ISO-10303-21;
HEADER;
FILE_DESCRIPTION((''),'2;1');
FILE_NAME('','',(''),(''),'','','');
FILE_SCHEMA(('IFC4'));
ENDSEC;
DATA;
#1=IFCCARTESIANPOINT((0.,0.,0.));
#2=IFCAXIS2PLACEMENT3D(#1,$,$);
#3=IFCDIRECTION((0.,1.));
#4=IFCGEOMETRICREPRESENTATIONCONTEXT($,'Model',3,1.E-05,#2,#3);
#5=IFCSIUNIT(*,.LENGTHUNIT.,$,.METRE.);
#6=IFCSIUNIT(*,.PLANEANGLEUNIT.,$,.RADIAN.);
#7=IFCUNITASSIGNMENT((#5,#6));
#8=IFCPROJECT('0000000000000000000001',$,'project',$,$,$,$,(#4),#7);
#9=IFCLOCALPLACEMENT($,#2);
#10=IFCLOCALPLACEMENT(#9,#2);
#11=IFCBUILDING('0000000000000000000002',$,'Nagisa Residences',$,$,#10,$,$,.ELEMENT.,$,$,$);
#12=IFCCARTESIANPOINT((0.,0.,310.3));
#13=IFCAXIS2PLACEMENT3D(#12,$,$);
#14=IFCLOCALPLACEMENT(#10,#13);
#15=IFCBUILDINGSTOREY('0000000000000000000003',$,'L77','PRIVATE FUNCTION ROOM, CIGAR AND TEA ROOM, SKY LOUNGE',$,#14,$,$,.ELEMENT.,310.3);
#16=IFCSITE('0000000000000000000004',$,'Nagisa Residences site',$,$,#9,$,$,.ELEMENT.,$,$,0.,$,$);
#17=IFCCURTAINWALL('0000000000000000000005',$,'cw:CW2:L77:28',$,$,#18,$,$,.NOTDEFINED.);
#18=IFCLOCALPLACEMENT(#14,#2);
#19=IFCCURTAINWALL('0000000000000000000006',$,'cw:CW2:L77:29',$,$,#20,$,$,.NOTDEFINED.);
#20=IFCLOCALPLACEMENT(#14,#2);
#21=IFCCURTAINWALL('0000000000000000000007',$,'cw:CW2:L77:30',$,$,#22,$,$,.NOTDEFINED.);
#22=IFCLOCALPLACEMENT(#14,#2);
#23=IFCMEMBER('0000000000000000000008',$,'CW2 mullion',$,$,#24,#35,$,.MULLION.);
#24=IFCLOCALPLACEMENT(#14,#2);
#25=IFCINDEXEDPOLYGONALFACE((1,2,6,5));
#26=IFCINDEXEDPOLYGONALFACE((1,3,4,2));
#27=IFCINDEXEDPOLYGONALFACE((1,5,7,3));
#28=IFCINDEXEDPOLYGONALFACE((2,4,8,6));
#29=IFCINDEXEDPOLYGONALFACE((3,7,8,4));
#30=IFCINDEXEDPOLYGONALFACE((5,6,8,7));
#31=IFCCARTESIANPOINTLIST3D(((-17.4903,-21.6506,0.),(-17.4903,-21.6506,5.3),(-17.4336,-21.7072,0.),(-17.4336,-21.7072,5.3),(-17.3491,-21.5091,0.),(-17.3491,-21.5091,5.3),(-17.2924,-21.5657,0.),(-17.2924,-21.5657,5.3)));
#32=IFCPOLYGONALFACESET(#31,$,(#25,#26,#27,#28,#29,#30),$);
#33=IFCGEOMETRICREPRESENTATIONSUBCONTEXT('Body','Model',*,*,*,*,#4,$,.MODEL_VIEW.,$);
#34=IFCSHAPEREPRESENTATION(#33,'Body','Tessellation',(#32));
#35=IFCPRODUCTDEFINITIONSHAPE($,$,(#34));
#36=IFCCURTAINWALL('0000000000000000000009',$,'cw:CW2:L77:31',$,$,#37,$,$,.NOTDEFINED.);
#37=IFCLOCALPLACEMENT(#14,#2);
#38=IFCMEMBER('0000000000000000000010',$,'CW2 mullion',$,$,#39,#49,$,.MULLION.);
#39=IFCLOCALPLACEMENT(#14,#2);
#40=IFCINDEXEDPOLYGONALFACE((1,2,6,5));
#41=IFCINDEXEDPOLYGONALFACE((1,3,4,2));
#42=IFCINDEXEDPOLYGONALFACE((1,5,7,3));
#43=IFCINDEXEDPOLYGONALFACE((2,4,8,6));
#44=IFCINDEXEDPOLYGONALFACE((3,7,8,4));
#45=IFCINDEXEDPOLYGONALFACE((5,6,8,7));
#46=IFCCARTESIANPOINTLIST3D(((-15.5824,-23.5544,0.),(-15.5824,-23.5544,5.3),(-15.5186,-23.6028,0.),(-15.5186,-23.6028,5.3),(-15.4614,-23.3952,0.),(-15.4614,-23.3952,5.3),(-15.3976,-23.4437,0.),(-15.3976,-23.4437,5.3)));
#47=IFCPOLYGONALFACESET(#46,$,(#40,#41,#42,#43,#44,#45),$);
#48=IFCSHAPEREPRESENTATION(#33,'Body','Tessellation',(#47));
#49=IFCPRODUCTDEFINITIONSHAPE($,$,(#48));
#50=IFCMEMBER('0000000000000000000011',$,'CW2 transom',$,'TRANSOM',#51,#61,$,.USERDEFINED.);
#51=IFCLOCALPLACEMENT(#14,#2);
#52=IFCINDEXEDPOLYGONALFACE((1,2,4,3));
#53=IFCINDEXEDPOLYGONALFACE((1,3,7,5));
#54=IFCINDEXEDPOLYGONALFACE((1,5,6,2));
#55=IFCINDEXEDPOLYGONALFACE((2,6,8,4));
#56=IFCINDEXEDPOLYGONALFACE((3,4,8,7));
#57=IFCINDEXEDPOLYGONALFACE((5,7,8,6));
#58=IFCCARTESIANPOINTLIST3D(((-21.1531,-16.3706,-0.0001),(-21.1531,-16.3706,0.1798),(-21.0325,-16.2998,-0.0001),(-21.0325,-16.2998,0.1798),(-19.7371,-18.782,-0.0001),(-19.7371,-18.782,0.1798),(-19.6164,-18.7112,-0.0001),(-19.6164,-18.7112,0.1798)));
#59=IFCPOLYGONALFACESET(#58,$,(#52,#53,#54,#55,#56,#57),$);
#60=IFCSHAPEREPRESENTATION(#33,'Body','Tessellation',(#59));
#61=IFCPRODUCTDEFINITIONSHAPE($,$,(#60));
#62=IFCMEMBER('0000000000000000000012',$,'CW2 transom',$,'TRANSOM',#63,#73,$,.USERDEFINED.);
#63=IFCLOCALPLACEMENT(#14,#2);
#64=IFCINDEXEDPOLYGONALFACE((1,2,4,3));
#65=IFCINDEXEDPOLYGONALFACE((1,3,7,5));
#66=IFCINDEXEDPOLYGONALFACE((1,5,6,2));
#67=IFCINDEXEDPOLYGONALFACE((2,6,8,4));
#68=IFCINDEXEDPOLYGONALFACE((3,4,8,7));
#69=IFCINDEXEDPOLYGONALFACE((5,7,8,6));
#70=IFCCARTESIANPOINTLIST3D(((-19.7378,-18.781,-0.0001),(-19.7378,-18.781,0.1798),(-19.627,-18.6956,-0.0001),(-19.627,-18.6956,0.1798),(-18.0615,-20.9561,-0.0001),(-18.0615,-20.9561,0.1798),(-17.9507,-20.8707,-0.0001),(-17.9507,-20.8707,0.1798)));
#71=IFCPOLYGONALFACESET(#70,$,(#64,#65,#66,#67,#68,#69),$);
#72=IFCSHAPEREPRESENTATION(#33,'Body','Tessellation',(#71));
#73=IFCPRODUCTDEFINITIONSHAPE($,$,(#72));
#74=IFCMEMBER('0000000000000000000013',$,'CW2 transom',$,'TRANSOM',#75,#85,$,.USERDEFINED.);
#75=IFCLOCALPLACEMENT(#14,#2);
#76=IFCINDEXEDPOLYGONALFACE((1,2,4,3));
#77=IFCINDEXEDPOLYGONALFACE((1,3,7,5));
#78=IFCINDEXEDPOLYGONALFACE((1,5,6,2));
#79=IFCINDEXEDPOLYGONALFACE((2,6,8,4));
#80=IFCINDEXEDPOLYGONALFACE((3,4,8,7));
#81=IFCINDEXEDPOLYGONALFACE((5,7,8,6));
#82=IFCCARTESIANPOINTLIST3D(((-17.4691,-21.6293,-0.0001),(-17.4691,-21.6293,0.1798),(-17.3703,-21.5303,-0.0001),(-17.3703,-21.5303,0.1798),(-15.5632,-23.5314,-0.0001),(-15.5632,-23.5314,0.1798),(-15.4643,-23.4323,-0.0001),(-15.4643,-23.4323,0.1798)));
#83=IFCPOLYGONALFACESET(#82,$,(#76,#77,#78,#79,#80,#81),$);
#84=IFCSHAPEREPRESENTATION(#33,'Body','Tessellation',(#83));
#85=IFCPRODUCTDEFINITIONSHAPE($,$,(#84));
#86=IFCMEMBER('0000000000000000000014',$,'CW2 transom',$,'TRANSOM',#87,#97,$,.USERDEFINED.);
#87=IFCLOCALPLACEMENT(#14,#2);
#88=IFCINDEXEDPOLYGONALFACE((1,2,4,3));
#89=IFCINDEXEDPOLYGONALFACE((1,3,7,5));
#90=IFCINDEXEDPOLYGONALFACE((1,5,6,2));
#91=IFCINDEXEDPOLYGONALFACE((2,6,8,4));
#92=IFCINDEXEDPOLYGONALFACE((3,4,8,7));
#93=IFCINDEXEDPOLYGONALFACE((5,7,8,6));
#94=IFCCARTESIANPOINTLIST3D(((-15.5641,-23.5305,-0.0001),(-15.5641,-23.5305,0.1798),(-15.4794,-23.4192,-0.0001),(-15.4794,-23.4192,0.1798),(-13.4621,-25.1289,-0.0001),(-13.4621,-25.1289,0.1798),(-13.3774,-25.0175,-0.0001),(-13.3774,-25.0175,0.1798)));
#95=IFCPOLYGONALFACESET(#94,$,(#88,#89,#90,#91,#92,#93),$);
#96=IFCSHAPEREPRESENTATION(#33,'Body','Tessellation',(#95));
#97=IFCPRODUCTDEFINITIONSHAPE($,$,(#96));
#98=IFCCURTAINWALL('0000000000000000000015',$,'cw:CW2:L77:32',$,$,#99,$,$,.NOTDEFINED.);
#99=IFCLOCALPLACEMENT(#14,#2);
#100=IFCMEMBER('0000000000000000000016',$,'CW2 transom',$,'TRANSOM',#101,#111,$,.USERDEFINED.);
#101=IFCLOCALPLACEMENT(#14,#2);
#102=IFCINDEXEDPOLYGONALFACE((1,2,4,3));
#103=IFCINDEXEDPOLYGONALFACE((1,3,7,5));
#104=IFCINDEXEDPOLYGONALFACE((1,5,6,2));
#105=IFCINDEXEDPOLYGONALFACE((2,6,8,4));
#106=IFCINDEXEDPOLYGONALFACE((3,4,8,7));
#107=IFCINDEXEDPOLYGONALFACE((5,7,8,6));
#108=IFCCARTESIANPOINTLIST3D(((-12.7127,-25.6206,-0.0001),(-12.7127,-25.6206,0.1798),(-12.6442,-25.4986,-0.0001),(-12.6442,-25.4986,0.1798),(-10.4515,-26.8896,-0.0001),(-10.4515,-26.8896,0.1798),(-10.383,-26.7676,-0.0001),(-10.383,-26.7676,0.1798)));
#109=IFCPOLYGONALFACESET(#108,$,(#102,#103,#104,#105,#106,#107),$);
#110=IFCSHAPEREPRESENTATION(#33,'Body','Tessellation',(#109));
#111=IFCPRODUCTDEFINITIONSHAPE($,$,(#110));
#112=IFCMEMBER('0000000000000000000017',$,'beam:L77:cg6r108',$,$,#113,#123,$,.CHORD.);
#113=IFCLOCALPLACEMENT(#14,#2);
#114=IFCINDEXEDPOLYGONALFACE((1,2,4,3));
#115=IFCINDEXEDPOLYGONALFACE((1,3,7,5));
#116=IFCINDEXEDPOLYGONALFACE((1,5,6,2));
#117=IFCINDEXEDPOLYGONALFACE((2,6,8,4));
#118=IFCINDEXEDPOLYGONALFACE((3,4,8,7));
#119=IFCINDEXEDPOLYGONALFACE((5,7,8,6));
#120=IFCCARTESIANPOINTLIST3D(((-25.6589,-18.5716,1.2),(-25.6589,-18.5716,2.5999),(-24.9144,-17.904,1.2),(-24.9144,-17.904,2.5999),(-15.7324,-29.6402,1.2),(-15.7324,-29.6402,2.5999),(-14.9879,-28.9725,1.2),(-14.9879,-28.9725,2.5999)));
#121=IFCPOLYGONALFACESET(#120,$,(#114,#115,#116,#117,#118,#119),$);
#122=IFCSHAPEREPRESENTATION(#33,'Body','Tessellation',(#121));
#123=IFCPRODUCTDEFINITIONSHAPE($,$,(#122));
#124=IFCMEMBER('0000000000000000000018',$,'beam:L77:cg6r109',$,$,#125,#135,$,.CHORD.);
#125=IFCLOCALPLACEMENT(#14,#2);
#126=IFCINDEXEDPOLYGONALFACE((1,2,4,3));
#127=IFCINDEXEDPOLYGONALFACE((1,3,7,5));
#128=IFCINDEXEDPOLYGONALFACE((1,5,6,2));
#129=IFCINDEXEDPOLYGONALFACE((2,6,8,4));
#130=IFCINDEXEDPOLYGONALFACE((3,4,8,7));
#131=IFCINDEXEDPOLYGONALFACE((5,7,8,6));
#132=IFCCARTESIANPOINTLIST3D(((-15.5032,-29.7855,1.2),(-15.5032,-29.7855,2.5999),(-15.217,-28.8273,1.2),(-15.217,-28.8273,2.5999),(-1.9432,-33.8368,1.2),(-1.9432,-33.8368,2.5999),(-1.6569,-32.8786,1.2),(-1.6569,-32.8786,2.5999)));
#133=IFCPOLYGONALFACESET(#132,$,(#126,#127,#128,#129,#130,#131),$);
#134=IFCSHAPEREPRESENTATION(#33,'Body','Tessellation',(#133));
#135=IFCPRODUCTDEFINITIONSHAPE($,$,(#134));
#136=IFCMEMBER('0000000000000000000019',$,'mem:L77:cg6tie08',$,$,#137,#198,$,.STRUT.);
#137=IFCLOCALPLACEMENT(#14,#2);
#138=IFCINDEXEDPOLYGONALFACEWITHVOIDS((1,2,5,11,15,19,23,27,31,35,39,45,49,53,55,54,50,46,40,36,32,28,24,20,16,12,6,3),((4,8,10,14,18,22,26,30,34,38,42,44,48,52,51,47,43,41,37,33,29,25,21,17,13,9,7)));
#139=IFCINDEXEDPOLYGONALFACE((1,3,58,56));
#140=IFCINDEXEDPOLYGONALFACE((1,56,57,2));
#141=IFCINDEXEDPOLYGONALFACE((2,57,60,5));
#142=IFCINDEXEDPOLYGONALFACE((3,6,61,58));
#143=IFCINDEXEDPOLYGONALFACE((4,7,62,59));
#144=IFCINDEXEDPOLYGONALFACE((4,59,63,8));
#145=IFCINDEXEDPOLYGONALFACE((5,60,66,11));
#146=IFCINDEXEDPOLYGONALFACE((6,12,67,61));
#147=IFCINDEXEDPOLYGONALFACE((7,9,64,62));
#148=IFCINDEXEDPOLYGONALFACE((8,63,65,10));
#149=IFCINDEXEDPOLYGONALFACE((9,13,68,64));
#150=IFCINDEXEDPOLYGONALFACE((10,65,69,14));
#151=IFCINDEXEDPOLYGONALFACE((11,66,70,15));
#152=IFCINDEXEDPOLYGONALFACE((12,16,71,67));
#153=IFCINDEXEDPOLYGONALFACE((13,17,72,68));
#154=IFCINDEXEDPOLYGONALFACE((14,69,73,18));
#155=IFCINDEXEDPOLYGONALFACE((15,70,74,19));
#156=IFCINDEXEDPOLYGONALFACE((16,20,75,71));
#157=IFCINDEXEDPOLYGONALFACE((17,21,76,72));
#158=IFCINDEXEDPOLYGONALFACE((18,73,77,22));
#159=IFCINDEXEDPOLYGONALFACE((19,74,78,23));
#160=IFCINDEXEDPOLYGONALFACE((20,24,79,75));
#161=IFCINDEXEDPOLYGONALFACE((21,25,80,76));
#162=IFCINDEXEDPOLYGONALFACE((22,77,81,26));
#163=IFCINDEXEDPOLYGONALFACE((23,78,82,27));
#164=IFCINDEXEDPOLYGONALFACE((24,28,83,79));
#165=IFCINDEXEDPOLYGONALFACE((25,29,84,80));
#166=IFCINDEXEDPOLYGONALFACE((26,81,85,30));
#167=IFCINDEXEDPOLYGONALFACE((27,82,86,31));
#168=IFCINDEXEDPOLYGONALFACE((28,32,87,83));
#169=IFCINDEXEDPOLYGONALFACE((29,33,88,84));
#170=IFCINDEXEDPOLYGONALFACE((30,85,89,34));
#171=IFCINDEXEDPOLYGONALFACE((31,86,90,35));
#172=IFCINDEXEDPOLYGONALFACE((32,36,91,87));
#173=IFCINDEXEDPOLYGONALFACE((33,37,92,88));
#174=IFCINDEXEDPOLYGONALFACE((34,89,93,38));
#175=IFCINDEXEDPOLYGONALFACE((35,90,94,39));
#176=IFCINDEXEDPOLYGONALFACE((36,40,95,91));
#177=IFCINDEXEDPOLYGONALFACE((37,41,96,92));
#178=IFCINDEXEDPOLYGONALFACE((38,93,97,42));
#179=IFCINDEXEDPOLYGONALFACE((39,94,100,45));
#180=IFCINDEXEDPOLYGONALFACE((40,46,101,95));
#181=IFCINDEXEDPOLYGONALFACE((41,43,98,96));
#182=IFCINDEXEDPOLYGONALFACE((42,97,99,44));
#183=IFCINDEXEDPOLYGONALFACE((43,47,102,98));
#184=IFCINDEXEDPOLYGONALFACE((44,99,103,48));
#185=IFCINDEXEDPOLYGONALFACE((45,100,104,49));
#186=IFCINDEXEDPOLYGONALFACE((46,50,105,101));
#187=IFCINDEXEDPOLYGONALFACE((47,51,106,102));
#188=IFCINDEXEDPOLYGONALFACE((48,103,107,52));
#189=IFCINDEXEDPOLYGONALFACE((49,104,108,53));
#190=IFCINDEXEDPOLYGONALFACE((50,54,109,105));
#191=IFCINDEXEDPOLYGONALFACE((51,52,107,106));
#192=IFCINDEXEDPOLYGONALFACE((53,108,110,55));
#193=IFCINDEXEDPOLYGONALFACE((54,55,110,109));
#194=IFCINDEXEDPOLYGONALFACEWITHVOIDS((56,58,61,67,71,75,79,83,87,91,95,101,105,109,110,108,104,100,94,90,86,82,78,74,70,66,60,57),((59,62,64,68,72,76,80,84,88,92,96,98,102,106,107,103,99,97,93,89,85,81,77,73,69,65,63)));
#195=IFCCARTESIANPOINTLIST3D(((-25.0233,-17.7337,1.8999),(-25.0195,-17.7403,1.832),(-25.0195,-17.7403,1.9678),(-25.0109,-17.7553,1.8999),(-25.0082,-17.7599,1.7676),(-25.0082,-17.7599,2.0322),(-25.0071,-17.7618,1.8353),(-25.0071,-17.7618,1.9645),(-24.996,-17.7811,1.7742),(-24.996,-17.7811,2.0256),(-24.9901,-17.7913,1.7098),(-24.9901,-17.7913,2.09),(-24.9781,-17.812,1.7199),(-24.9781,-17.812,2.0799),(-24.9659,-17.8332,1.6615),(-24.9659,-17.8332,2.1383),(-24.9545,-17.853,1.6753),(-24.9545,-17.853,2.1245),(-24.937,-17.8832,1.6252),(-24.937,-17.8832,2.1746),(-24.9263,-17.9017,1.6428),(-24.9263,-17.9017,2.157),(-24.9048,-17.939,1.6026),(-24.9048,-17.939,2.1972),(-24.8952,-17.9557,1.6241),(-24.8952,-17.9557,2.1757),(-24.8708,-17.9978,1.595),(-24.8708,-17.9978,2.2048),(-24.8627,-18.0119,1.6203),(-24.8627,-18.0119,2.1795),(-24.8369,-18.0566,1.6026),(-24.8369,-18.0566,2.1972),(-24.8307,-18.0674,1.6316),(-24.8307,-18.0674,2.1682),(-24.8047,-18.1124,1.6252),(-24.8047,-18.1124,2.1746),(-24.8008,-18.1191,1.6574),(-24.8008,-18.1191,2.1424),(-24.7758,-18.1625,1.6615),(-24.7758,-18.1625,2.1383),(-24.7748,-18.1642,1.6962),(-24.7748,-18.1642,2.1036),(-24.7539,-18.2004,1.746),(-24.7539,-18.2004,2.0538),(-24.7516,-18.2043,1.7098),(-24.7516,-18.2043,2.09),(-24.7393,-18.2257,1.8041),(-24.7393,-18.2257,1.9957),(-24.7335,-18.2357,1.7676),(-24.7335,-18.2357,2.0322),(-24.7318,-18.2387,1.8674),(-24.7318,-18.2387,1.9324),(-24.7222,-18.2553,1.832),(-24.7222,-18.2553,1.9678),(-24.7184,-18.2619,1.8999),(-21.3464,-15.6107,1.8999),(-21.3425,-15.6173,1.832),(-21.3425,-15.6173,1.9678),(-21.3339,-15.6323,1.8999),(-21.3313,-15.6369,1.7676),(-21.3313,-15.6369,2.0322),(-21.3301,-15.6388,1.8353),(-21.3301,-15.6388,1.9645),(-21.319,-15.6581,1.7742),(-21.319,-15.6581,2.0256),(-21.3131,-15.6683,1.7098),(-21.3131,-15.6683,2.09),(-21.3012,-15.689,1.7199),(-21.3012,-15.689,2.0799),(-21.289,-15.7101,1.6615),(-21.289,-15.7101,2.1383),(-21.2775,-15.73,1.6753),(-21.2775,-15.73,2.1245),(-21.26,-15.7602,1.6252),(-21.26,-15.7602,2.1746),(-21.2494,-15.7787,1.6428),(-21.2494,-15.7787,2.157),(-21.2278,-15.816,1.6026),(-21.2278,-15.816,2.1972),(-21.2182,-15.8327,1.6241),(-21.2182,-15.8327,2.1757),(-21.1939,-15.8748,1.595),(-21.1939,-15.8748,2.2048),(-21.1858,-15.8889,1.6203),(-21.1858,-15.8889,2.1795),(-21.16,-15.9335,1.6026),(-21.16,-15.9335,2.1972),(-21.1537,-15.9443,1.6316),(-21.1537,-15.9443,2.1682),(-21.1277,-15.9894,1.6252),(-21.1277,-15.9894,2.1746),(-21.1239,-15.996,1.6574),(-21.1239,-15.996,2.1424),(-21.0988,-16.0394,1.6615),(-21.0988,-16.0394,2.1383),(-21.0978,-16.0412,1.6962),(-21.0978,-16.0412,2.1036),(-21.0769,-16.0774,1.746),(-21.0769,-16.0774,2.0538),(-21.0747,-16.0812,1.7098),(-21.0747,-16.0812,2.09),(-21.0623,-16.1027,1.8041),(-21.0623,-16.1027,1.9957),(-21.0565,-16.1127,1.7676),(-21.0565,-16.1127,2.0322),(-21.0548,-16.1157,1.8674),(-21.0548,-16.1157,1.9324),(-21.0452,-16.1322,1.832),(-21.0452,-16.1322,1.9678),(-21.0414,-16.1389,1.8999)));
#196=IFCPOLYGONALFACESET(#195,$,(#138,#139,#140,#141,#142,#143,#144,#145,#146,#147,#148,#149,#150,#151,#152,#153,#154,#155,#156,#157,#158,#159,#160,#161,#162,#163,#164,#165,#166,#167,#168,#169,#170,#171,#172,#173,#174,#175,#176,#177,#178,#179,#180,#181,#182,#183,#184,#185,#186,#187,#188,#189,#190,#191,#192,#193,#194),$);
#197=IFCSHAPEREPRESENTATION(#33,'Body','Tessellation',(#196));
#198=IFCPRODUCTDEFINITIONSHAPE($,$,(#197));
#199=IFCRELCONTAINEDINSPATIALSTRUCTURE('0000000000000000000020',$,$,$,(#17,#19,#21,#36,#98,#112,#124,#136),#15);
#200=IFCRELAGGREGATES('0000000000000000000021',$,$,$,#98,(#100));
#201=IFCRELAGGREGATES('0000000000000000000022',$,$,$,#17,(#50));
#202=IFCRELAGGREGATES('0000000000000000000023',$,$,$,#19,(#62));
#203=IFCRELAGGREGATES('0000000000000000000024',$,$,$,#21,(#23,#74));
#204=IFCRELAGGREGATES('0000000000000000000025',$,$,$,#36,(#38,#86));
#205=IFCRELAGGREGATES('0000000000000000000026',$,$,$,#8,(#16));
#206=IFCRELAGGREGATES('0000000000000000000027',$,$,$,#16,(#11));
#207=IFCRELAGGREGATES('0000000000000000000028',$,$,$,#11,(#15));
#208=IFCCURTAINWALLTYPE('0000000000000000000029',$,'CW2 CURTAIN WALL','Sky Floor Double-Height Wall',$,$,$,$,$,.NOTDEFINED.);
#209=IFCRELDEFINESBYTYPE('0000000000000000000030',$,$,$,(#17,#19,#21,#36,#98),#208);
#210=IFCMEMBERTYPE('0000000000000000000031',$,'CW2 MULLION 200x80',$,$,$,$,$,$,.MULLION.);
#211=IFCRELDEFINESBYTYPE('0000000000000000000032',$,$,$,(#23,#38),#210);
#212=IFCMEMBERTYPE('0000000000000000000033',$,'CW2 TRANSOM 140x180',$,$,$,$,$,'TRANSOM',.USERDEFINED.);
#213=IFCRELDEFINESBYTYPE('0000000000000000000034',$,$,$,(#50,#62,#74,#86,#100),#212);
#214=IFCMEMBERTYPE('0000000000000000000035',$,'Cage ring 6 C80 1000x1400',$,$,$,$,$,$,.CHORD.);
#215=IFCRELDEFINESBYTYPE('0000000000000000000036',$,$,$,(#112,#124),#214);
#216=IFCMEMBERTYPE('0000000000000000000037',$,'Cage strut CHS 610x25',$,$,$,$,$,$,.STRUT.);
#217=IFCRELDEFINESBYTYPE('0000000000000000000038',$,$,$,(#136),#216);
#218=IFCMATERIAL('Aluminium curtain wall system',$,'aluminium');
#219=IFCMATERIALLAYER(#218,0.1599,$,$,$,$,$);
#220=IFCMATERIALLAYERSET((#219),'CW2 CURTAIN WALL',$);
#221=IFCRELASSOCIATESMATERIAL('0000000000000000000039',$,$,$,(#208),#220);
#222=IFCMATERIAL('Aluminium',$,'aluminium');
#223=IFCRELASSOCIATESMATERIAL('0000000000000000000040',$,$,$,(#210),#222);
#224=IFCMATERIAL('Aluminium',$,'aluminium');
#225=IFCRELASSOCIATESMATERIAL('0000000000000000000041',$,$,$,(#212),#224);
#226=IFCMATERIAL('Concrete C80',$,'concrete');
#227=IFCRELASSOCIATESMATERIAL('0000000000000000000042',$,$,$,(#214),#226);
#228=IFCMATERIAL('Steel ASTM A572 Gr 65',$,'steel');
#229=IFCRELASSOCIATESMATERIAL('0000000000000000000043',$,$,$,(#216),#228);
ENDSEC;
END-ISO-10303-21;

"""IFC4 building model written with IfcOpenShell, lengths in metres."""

from ifc_helpers import new_model, si_unit, direction, frame, origin, origin_2d, place, context, subcontext, project, spatial, rectangle, hollow_circle, extrude, material, layer, layer_set, material_profile, profile_set, type_object, element, aggregate, save


model = new_model("IFC4")

# Units and contexts
model_context = context("Model", 3, precision=1e-05, world=origin(), true_north=direction((0.0, 1.0)))
body_context = subcontext(model_context, "Body", "Model", "MODEL_VIEW")
ifc_project = project(units=[si_unit("LENGTHUNIT", "METRE"), si_unit("PLANEANGLEUNIT", "RADIAN")], contexts=[model_context])

# Site, building, storey
site_placement = place(None, origin())
site = spatial("IfcSite", under=ifc_project, at=site_placement, Name="Nagisa Residences site", CompositionType="ELEMENT", RefElevation=0.0)
building_placement = place(site_placement, origin())
building = spatial("IfcBuilding", under=site, at=building_placement, Name="Nagisa Residences", CompositionType="ELEMENT")
storey_placement = place(building_placement, frame((0.0, 0.0, 310.3)))
storey = spatial("IfcBuildingStorey", under=building, at=storey_placement, Name="L77", Description="PRIVATE FUNCTION ROOM, CIGAR AND TEA ROOM, SKY LOUNGE", CompositionType="ELEMENT", Elevation=310.3)

# Curtain walls, members
ifc_material_1 = material(Name="Aluminium curtain wall system", Category="aluminium")
ifc_layer_1 = layer(ifc_material_1, 0.1599)
ifc_layer_set_1 = layer_set([ifc_layer_1], Name="CW2 CURTAIN WALL")
curtain_wall_type = type_object("IfcCurtainWallType", Name="CW2 CURTAIN WALL", Description="Sky Floor Double-Height Wall", PredefinedType="NOTDEFINED", material=ifc_layer_set_1)
curtain_wall_1_placement = place(storey_placement, origin())
curtain_wall_1 = element("IfcCurtainWall", 1, at=curtain_wall_1_placement, inside=storey, type_object=curtain_wall_type, Name="cw:CW2:L77:28", PredefinedType="NOTDEFINED")
ifc_material_2 = material(Name="Aluminium", Category="aluminium")
ifc_material_profile_1 = material_profile(ifc_material_2, rectangle(XDim=0.2, YDim=0.0801, at=origin_2d()), Name="CW2 MULLION 200x80")
ifc_profile_set_1 = profile_set([ifc_material_profile_1], Name="Aluminium")
member_type_1 = type_object("IfcMemberType", Name="CW2 MULLION 200x80", PredefinedType="MULLION", material=ifc_profile_set_1)
curtain_wall_2_placement = place(storey_placement, origin())
curtain_wall_2 = element("IfcCurtainWall", 2, at=curtain_wall_2_placement, inside=storey, type_object=curtain_wall_type, Name="cw:CW2:L77:29", PredefinedType="NOTDEFINED")
curtain_wall_3_placement = place(storey_placement, origin())
curtain_wall_3 = element("IfcCurtainWall", 3, at=curtain_wall_3_placement, inside=storey, type_object=curtain_wall_type, Name="cw:CW2:L77:30", PredefinedType="NOTDEFINED")
member_1_placement = place(storey_placement, frame((-17.3914, -21.6082, 0.0), z_axis=(0.0, 0.0, 1.0), x_axis=(0.706377, 0.707836, 0.0)))
member_1 = element("IfcMember", 4, at=member_1_placement, type_object=member_type_1, Name="CW2 mullion", PredefinedType="MULLION", context=body_context, shape_type="SweptSolid", body=[
    extrude(rectangle(XDim=0.2, YDim=0.0801, at=origin_2d()), origin(), (0.0, 0.0, 1.0), 5.3),
])
curtain_wall_4_placement = place(storey_placement, origin())
curtain_wall_4 = element("IfcCurtainWall", 5, at=curtain_wall_4_placement, inside=storey, type_object=curtain_wall_type, Name="cw:CW2:L77:31", PredefinedType="NOTDEFINED")
member_2_placement = place(storey_placement, frame((-15.49, -23.499, 0.0), z_axis=(0.0, 0.0, 1.0), x_axis=(0.605255, 0.796031, 0.0)))
member_2 = element("IfcMember", 6, at=member_2_placement, type_object=member_type_1, Name="CW2 mullion", PredefinedType="MULLION", context=body_context, shape_type="SweptSolid", body=[
    extrude(rectangle(XDim=0.2, YDim=0.0801, at=origin_2d()), origin(), (0.0, 0.0, 1.0), 5.3),
])

# Members
ifc_material_3 = material(Name="Aluminium", Category="aluminium")
ifc_material_profile_2 = material_profile(ifc_material_3, rectangle(XDim=0.1399, YDim=0.1799, at=origin_2d()), Name="CW2 TRANSOM 140x180")
ifc_profile_set_2 = profile_set([ifc_material_profile_2], Name="Aluminium")
member_type_2 = type_object("IfcMemberType", Name="CW2 TRANSOM 140x180", ElementType="TRANSOM", PredefinedType="USERDEFINED", material=ifc_profile_set_2)
member_3_placement = place(storey_placement, frame((-21.0928, -16.3352, 0.0898), z_axis=(0.506371, -0.862316, 0.0), x_axis=(0.862316, 0.506371, 0.0)))
member_3 = element("IfcMember", 7, at=member_3_placement, type_object=member_type_2, Name="CW2 transom", ObjectType="TRANSOM", PredefinedType="USERDEFINED", context=body_context, shape_type="SweptSolid", body=[
    extrude(rectangle(XDim=0.1399, YDim=0.1799, at=origin_2d()), origin(), (0.0, 0.0, 1.0), 2.7964),
])
member_4_placement = place(storey_placement, frame((-19.6824, -18.7383, 0.0898), z_axis=(0.610432, -0.792068, 0.0), x_axis=(0.792068, 0.610432, 0.0)))
member_4 = element("IfcMember", 8, at=member_4_placement, type_object=member_type_2, Name="CW2 transom", ObjectType="TRANSOM", PredefinedType="USERDEFINED", context=body_context, shape_type="SweptSolid", body=[
    extrude(rectangle(XDim=0.1399, YDim=0.1799, at=origin_2d()), origin(), (0.0, 0.0, 1.0), 2.7461),
])
member_5_placement = place(storey_placement, frame((-17.4197, -21.5798, 0.0898), z_axis=(0.707832, -0.706381, 0.0), x_axis=(0.706381, 0.707832, 0.0)))
member_5 = element("IfcMember", 9, at=member_5_placement, type_object=member_type_2, Name="CW2 transom", ObjectType="TRANSOM", PredefinedType="USERDEFINED", context=body_context, shape_type="SweptSolid", body=[
    extrude(rectangle(XDim=0.1399, YDim=0.1799, at=origin_2d()), origin(), (0.0, 0.0, 1.0), 2.6926),
])
member_6_placement = place(storey_placement, frame((-15.5217, -23.4749, 0.0898), z_axis=(0.796011, -0.605282, 0.0), x_axis=(0.605282, 0.796011, 0.0)))
member_6 = element("IfcMember", 10, at=member_6_placement, type_object=member_type_2, Name="CW2 transom", ObjectType="TRANSOM", PredefinedType="USERDEFINED", context=body_context, shape_type="SweptSolid", body=[
    extrude(rectangle(XDim=0.1399, YDim=0.1799, at=origin_2d()), origin(), (0.0, 0.0, 1.0), 2.6406),
])

# Curtain wall, member
curtain_wall_5_placement = place(storey_placement, origin())
curtain_wall_5 = element("IfcCurtainWall", 11, at=curtain_wall_5_placement, inside=storey, type_object=curtain_wall_type, Name="cw:CW2:L77:32", PredefinedType="NOTDEFINED")
member_7_placement = place(storey_placement, frame((-12.6785, -25.5596, 0.0898), z_axis=(0.872053, -0.489412, 0.0), x_axis=(0.489412, 0.872053, 0.0)))
member_7 = element("IfcMember", 12, at=member_7_placement, type_object=member_type_2, Name="CW2 transom", ObjectType="TRANSOM", PredefinedType="USERDEFINED", context=body_context, shape_type="SweptSolid", body=[
    extrude(rectangle(XDim=0.1399, YDim=0.1799, at=origin_2d()), origin(), (0.0, 0.0, 1.0), 2.593),
])
aggregate(curtain_wall_5, [member_7])

# Members
ifc_material_4 = material(Name="Concrete C80", Category="concrete")
ifc_material_profile_3 = material_profile(ifc_material_4, rectangle(XDim=1.0, YDim=1.3999, at=origin_2d()), Name="C80 1000x1400")
ifc_profile_set_3 = profile_set([ifc_material_profile_3], Name="Concrete C80")
member_type_3 = type_object("IfcMemberType", Name="Cage ring 6 C80 1000x1400", PredefinedType="CHORD", material=ifc_profile_set_3)
member_8_placement = place(storey_placement, frame((-25.2866, -18.2378, 1.8999), z_axis=(0.667655, -0.744471, 0.0), x_axis=(0.744471, 0.667655, 0.0)))
element("IfcMember", 13, at=member_8_placement, inside=storey, type_object=member_type_3, Name="beam:L77:cg6r108", PredefinedType="CHORD", context=body_context, shape_type="SweptSolid", body=[
    extrude(rectangle(XDim=1.0, YDim=1.3999, at=origin_2d()), origin(), (0.0, 0.0, 1.0), 14.8677),
])
member_9_placement = place(storey_placement, frame((-15.3601, -29.3064, 1.8999), z_axis=(0.958151, -0.286262, 0.0), x_axis=(0.286262, 0.958151, 0.0)))
element("IfcMember", 14, at=member_9_placement, inside=storey, type_object=member_type_3, Name="beam:L77:cg6r109", PredefinedType="CHORD", context=body_context, shape_type="SweptSolid", body=[
    extrude(rectangle(XDim=1.0, YDim=1.3999, at=origin_2d()), origin(), (0.0, 0.0, 1.0), 14.1523),
])
ifc_material_5 = material(Name="Steel ASTM A572 Gr 65", Category="steel")
ifc_material_profile_4 = material_profile(ifc_material_5, hollow_circle(Radius=0.3049, WallThickness=0.0249, at=origin_2d()), Name="CHS 610x25")
ifc_profile_set_4 = profile_set([ifc_material_profile_4], Name="Steel ASTM A572 Gr 65")
member_type_4 = type_object("IfcMemberType", Name="Cage strut CHS 610x25", PredefinedType="STRUT", material=ifc_profile_set_4)
member_10_placement = place(storey_placement, frame((-24.8708, -17.9978, 1.8999), z_axis=(0.866012, 0.500023, 0.0), x_axis=(-0.500023, 0.866012, 0.0)))
element("IfcMember", 15, at=member_10_placement, inside=storey, type_object=member_type_4, Name="mem:L77:cg6tie08", PredefinedType="STRUT", context=body_context, shape_type="SweptSolid", body=[
    extrude(hollow_circle(Radius=0.3049, WallThickness=0.0249, at=origin_2d()), origin(), (0.0, 0.0, 1.0), 4.2458),
])

aggregate(curtain_wall_1, [member_3])
aggregate(curtain_wall_2, [member_4])
aggregate(curtain_wall_3, [member_1, member_5])
aggregate(curtain_wall_4, [member_2, member_6])

save(model, "model.ifc")
